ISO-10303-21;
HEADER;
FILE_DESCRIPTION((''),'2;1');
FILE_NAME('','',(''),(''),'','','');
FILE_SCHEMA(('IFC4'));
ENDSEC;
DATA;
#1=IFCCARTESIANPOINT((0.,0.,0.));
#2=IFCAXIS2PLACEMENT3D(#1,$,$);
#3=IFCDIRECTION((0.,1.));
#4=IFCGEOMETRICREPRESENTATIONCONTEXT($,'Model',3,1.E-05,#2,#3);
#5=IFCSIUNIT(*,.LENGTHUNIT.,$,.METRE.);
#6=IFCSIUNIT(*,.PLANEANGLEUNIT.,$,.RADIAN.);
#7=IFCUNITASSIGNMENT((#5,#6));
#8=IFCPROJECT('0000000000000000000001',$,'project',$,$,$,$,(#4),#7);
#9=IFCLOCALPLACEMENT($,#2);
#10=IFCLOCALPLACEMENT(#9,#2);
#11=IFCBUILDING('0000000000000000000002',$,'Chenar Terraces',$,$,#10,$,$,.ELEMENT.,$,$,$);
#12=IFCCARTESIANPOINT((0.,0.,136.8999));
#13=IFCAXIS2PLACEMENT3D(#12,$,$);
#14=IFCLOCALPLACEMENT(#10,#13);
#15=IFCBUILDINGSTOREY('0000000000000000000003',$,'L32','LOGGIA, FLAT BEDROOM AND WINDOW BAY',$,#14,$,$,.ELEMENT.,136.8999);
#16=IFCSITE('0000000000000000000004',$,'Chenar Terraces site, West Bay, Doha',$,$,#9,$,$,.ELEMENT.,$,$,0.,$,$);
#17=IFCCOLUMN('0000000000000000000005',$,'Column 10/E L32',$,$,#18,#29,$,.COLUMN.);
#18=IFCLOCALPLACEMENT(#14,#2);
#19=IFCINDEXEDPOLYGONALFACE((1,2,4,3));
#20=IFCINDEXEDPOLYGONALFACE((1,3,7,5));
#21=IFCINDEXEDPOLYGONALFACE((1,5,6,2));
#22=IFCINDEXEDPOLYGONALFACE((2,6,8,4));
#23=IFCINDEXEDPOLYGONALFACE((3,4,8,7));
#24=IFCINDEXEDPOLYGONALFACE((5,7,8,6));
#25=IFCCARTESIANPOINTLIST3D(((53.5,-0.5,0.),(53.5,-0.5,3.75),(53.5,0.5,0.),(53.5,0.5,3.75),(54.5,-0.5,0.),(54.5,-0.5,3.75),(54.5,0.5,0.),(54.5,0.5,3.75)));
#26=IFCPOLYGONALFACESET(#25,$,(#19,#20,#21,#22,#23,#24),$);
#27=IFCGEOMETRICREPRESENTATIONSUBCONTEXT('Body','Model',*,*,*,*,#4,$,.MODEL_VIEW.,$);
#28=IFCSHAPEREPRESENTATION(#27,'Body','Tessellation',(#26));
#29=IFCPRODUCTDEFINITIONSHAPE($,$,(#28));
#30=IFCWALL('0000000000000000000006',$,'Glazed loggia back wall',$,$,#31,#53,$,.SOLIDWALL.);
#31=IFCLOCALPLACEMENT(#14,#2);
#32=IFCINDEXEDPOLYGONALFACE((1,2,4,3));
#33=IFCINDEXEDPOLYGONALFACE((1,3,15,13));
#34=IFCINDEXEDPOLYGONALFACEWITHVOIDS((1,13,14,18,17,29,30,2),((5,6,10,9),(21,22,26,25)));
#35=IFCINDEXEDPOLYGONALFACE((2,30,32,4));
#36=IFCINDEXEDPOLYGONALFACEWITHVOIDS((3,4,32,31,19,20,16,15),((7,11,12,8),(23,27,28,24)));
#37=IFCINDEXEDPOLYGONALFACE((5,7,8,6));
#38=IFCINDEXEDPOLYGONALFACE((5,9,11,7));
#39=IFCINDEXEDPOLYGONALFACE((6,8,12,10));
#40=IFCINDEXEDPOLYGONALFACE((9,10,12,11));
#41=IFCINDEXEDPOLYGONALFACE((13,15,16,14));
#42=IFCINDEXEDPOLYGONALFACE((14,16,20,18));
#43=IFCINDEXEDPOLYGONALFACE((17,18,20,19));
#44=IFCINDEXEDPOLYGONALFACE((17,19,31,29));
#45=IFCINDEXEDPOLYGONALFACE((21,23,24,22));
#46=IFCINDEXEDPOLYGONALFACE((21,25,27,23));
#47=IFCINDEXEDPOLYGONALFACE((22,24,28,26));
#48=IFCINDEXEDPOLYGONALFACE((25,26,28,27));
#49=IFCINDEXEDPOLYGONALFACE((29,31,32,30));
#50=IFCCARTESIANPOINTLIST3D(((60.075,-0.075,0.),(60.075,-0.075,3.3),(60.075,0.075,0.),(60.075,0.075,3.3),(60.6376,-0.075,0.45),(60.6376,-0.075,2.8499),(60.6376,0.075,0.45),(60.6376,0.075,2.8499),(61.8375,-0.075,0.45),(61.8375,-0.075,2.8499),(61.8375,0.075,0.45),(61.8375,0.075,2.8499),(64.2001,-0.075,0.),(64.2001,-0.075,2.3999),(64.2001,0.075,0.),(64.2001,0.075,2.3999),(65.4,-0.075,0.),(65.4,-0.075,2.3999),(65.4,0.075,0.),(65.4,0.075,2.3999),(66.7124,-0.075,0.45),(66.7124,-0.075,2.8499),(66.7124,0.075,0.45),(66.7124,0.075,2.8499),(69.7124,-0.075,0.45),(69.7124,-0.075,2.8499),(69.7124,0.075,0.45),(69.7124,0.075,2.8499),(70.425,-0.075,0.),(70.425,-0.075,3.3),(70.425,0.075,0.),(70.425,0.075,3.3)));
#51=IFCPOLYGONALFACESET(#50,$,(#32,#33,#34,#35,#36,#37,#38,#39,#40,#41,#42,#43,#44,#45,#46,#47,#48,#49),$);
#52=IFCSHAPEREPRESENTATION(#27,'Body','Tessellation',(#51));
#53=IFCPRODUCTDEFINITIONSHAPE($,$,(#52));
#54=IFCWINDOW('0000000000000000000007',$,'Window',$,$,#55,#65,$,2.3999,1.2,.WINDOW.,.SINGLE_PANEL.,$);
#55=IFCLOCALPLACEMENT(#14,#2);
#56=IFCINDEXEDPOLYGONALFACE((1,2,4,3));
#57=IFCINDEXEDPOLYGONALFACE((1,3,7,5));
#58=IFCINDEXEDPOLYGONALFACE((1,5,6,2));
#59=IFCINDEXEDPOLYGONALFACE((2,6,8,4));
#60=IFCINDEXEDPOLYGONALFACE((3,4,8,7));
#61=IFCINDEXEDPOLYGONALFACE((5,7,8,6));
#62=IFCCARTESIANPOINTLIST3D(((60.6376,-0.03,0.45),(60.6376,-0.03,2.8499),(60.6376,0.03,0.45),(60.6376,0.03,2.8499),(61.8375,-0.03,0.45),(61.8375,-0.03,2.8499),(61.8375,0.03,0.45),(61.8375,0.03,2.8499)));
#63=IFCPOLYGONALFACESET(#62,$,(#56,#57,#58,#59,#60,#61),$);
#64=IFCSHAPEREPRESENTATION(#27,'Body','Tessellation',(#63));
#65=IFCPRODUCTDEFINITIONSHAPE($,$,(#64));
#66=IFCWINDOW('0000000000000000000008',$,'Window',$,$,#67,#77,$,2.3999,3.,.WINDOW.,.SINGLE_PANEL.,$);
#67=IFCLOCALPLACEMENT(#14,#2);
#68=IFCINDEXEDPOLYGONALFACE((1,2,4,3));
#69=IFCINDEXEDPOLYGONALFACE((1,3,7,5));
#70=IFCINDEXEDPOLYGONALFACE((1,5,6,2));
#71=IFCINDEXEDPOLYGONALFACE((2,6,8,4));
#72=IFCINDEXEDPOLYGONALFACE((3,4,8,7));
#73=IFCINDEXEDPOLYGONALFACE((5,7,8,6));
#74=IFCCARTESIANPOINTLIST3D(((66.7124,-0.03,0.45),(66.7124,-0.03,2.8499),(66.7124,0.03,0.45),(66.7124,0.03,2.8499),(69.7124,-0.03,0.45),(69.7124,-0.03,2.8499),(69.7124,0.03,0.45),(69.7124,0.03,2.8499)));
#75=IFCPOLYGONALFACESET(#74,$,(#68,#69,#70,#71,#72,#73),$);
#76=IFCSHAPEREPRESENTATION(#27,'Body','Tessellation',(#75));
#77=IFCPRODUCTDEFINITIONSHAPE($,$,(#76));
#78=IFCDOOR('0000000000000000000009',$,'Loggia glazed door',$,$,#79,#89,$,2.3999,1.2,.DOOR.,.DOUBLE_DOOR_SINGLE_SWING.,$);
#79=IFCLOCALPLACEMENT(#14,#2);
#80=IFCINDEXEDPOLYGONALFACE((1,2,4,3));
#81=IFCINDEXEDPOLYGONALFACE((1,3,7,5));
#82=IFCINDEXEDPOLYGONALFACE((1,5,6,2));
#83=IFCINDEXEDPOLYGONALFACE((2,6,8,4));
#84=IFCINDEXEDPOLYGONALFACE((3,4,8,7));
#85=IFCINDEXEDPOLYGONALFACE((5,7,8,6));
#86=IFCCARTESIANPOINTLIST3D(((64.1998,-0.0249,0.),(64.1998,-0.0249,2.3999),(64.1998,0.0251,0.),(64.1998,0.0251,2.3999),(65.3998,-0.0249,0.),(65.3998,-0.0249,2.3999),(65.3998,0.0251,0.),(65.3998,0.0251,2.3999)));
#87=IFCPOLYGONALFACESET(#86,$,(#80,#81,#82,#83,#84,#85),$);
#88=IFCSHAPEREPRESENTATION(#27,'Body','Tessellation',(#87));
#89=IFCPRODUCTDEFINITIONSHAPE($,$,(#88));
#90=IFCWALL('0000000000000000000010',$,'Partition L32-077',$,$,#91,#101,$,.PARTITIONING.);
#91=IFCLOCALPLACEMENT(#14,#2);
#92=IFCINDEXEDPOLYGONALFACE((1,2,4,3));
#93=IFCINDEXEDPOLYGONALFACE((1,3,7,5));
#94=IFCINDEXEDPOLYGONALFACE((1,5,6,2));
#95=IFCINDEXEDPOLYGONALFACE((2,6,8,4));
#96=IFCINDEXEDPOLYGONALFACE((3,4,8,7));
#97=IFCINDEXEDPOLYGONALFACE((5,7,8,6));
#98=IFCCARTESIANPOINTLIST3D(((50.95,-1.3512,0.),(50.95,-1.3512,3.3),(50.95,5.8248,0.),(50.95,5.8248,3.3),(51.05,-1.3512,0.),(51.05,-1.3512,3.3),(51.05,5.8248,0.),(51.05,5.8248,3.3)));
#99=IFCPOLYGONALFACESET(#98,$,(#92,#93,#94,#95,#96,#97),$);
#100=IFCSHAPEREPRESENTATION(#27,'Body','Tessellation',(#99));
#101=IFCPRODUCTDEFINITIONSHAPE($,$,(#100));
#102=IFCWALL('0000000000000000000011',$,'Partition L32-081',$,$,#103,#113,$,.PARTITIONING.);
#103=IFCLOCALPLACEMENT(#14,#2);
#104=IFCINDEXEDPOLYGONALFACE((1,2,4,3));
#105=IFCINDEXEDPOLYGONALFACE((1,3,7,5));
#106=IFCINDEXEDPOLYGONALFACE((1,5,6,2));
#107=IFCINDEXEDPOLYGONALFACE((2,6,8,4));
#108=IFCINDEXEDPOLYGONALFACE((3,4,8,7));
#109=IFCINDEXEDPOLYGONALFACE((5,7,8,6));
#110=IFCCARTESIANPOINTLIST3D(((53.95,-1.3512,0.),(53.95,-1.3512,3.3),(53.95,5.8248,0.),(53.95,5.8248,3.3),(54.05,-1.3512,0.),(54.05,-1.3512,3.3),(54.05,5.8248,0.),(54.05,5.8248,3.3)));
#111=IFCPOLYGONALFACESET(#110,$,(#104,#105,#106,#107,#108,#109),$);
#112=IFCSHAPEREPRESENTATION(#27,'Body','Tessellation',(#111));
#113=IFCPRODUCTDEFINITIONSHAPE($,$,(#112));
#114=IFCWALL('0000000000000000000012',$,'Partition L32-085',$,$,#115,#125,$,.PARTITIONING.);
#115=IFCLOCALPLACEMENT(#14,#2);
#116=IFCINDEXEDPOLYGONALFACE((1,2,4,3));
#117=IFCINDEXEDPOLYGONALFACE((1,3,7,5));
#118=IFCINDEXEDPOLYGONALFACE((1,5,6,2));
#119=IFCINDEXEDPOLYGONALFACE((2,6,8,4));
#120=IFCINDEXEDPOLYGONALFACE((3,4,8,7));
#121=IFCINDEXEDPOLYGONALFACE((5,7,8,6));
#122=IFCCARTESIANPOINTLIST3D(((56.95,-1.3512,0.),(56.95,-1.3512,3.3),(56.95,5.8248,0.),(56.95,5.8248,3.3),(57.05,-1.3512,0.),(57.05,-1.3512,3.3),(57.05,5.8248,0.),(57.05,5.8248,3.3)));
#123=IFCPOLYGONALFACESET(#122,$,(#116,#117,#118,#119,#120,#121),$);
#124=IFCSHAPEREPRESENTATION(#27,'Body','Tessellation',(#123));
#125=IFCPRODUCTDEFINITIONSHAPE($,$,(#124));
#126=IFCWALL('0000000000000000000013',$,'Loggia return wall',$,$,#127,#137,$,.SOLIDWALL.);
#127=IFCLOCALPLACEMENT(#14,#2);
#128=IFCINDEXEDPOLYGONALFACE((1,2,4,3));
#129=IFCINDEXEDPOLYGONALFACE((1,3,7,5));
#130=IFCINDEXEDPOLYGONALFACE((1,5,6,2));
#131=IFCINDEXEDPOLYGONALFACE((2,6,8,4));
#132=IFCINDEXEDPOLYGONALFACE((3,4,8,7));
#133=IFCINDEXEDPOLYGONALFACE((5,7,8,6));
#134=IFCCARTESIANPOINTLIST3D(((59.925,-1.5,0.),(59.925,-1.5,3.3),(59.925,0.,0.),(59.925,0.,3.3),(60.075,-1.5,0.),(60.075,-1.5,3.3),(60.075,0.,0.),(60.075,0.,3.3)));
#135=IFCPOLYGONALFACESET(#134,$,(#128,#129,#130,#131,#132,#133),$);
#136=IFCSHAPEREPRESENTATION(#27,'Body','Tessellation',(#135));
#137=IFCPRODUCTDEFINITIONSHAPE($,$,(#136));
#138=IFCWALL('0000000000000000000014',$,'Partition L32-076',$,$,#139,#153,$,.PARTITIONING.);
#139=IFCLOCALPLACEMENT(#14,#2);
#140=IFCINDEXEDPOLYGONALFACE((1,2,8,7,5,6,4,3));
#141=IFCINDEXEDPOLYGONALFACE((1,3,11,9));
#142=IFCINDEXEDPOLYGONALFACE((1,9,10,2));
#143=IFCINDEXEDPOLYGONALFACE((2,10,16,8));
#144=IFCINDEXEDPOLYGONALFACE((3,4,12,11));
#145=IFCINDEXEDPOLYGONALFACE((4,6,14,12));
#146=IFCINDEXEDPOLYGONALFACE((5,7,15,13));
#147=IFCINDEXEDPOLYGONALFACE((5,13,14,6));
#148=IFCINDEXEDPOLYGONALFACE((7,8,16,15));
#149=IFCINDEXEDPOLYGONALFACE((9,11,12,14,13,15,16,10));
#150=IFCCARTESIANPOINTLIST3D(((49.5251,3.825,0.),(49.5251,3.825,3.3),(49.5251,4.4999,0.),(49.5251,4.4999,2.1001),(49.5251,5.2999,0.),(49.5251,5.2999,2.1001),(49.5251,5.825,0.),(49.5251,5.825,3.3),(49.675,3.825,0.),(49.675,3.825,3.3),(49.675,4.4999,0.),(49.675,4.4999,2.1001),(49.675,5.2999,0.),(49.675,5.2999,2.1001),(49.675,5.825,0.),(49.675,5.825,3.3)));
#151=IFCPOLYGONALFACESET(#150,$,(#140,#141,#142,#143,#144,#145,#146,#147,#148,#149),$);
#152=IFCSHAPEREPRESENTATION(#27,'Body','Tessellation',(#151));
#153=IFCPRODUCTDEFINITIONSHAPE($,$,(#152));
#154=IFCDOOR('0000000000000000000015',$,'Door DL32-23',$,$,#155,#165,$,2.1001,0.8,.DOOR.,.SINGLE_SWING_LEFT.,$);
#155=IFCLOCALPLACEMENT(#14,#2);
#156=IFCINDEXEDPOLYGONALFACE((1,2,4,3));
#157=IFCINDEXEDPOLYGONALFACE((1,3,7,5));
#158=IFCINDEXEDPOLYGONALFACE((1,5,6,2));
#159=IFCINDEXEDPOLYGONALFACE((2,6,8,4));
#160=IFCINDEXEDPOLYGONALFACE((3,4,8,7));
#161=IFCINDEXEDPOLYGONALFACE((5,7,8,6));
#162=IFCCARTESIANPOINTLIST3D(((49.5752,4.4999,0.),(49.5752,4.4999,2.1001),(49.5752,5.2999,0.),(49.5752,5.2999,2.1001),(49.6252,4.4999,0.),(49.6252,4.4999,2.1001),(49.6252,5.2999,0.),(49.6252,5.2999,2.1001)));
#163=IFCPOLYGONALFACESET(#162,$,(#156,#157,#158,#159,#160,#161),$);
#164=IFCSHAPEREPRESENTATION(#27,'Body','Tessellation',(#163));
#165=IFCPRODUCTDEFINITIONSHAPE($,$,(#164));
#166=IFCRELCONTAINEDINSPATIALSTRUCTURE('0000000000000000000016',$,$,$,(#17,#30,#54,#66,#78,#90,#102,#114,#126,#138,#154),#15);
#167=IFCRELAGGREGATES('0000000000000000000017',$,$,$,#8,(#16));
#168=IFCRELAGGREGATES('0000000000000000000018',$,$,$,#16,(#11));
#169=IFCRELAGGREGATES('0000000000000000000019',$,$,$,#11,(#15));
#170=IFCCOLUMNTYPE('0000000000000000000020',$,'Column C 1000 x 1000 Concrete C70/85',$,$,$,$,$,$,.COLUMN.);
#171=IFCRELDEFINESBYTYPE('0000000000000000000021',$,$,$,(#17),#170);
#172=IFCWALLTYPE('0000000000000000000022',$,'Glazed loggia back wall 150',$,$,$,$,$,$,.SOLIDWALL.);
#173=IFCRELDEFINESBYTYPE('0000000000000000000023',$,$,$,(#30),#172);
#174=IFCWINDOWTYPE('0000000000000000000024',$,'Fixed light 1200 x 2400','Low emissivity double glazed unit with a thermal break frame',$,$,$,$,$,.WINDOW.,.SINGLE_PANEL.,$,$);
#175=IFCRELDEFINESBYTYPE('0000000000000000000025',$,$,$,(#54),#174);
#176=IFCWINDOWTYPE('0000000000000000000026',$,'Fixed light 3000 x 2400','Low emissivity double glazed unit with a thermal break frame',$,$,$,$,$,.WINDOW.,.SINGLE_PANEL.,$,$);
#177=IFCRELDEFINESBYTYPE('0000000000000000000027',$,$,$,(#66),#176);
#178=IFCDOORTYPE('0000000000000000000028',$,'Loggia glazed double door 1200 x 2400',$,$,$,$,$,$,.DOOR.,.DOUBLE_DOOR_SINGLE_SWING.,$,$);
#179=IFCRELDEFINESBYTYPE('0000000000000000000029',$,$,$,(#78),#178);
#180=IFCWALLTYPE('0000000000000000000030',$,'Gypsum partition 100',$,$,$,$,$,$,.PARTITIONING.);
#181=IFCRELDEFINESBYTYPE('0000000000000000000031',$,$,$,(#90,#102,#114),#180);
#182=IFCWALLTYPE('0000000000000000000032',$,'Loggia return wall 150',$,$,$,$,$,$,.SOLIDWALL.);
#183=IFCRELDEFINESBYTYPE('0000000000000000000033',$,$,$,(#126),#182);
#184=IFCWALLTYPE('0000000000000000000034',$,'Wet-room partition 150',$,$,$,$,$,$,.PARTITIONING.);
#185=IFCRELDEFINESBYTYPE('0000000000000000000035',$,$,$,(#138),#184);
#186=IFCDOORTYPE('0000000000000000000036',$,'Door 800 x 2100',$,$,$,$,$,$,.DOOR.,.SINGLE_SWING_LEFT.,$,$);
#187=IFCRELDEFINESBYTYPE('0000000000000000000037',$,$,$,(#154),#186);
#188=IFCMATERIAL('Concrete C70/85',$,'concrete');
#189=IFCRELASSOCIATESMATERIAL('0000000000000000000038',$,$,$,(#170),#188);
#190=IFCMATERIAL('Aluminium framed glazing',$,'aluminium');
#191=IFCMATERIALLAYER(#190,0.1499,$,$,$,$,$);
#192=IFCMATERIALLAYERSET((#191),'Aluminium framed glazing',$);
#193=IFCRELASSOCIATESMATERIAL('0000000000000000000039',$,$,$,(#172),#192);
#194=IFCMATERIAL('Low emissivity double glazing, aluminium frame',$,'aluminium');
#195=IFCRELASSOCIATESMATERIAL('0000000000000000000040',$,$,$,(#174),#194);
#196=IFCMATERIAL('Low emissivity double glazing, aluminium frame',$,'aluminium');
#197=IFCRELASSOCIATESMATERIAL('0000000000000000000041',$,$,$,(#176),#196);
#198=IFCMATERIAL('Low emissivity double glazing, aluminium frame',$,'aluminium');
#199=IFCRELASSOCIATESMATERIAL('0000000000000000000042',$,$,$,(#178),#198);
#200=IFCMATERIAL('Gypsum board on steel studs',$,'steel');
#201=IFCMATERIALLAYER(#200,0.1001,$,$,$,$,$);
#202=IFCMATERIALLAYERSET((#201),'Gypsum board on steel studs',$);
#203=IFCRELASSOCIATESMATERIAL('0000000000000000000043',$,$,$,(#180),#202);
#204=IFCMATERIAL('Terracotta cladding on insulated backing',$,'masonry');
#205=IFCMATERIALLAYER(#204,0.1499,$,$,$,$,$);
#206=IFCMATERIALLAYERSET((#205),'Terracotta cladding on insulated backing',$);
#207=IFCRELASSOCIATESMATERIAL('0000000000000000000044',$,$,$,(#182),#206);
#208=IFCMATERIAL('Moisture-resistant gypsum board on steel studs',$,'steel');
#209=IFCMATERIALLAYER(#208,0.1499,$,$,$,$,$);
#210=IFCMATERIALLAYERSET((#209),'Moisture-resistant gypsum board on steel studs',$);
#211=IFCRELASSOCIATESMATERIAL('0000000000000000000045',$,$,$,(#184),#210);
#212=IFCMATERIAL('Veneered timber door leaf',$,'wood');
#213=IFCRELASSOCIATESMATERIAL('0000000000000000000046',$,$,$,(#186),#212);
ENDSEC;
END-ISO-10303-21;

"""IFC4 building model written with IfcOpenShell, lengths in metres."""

from ifc_helpers import new_model, si_unit, direction, frame, frame_2d, origin, origin_2d, place, context, subcontext, project, spatial, rectangle, extrude, material, layer, layer_set, material_profile, profile_set, type_object, element, fill, save


model = new_model("IFC4")

# Units and contexts
model_context = context("Model", 3, precision=1e-05, world=origin(), true_north=direction((0.0, 1.0)))
body_context = subcontext(model_context, "Body", "Model", "MODEL_VIEW")
ifc_project = project(units=[si_unit("LENGTHUNIT", "METRE"), si_unit("PLANEANGLEUNIT", "RADIAN")], contexts=[model_context])

# Site, building, storey
site_placement = place(None, origin())
site = spatial("IfcSite", under=ifc_project, at=site_placement, Name="Chenar Terraces site, West Bay, Doha", CompositionType="ELEMENT", RefElevation=0.0)
building_placement = place(site_placement, origin())
building = spatial("IfcBuilding", under=site, at=building_placement, Name="Chenar Terraces", CompositionType="ELEMENT")
storey_placement = place(building_placement, frame((0.0, 0.0, 136.8999)))
storey = spatial("IfcBuildingStorey", under=building, at=storey_placement, Name="L32", Description="LOGGIA, FLAT BEDROOM AND WINDOW BAY", CompositionType="ELEMENT", Elevation=136.8999)

# Column
ifc_material_1 = material(Name="Concrete C70/85", Category="concrete")
ifc_material_profile = material_profile(ifc_material_1, rectangle(XDim=1.0, YDim=1.0, at=origin_2d()), Name="C 1000 x 1000")
ifc_profile_set = profile_set([ifc_material_profile], Name="Concrete C70/85")
column_type = type_object("IfcColumnType", Name="Column C 1000 x 1000 Concrete C70/85", PredefinedType="COLUMN", material=ifc_profile_set)
column_placement = place(storey_placement, frame((54.0, 0.0, 0.0), z_axis=(0.0, 0.0, 1.0), x_axis=(1.0, 0.0, 0.0)))
element("IfcColumn", 1, at=column_placement, inside=storey, type_object=column_type, Name="Column 10/E L32", PredefinedType="COLUMN", context=body_context, shape_type="SweptSolid", body=[
    extrude(rectangle(XDim=1.0, YDim=1.0, at=origin_2d()), origin(), (0.0, 0.0, 1.0), 3.75),
])

# Wall, openings, windows, door
ifc_material_2 = material(Name="Aluminium framed glazing", Category="aluminium")
ifc_layer_1 = layer(ifc_material_2, 0.1499)
ifc_layer_set_1 = layer_set([ifc_layer_1], Name="Aluminium framed glazing")
wall_type_1 = type_object("IfcWallType", Name="Glazed loggia back wall 150", PredefinedType="SOLIDWALL", material=ifc_layer_set_1)
wall_1_placement = place(storey_placement, frame((60.075, 0.0, 0.0), z_axis=(0.0, 0.0, 1.0), x_axis=(1.0, 0.0, 0.0)))
wall_1 = element("IfcWall", 2, at=wall_1_placement, inside=storey, type_object=wall_type_1, Name="Glazed loggia back wall", PredefinedType="SOLIDWALL", context=body_context, shape_type="SweptSolid", body=[
    extrude(rectangle(XDim=10.3501, YDim=0.1499, at=frame_2d((5.175, 0.0))), origin(), (0.0, 0.0, 1.0), 3.3),
])
opening_1_placement = place(wall_1_placement, frame((0.5625, 0.0, 0.45)))
opening_1 = element("IfcOpeningElement", 3, at=opening_1_placement, cuts=wall_1, PredefinedType="OPENING", context=body_context, shape_type="SweptSolid", body=[
    extrude(rectangle(XDim=1.2, YDim=2.3999, at=frame_2d((0.6001, 1.2))), frame((0.0, 0.085, 0.0), z_axis=(0.0, -1.0, 0.0), x_axis=(1.0, 0.0, 0.0)), (0.0, 0.0, 1.0), 0.1699),
])
opening_2_placement = place(wall_1_placement, frame((4.125, 0.0, 0.0)))
opening_2 = element("IfcOpeningElement", 4, at=opening_2_placement, cuts=wall_1, PredefinedType="OPENING", context=body_context, shape_type="SweptSolid", body=[
    extrude(rectangle(XDim=1.2, YDim=2.3999, at=frame_2d((0.6001, 1.2))), frame((0.0, 0.085, 0.0), z_axis=(0.0, -1.0, 0.0), x_axis=(1.0, 0.0, 0.0)), (0.0, 0.0, 1.0), 0.1699),
])
opening_3_placement = place(wall_1_placement, frame((6.6375, 0.0, 0.45)))
opening_3 = element("IfcOpeningElement", 5, at=opening_3_placement, cuts=wall_1, PredefinedType="OPENING", context=body_context, shape_type="SweptSolid", body=[
    extrude(rectangle(XDim=3.0, YDim=2.3999, at=frame_2d((1.5, 1.2))), frame((0.0, 0.085, 0.0), z_axis=(0.0, -1.0, 0.0), x_axis=(1.0, 0.0, 0.0)), (0.0, 0.0, 1.0), 0.1699),
])
ifc_material_3 = material(Name="Low emissivity double glazing, aluminium frame", Category="aluminium")
window_type_1 = type_object("IfcWindowType", Name="Fixed light 1200 x 2400", Description="Low emissivity double glazed unit with a thermal break frame", PartitioningType="SINGLE_PANEL", PredefinedType="WINDOW", material=ifc_material_3)
window_1_placement = place(opening_1_placement, origin())
window_1 = element("IfcWindow", 6, at=window_1_placement, inside=storey, type_object=window_type_1, Name="Window", OverallHeight=2.3999, OverallWidth=1.2, PartitioningType="SINGLE_PANEL", PredefinedType="WINDOW", context=body_context, shape_type="SweptSolid", body=[
    extrude(rectangle(XDim=1.2, YDim=2.3999, at=frame_2d((0.6001, 1.2))), frame((0.0, 0.03, 0.0), z_axis=(0.0, -1.0, 0.0), x_axis=(1.0, 0.0, 0.0)), (0.0, 0.0, 1.0), 0.0601),
])
fill(opening_1, window_1)
ifc_material_4 = material(Name="Low emissivity double glazing, aluminium frame", Category="aluminium")
window_type_2 = type_object("IfcWindowType", Name="Fixed light 3000 x 2400", Description="Low emissivity double glazed unit with a thermal break frame", PartitioningType="SINGLE_PANEL", PredefinedType="WINDOW", material=ifc_material_4)
window_2_placement = place(opening_3_placement, origin())
window_2 = element("IfcWindow", 7, at=window_2_placement, inside=storey, type_object=window_type_2, Name="Window", OverallHeight=2.3999, OverallWidth=3.0, PartitioningType="SINGLE_PANEL", PredefinedType="WINDOW", context=body_context, shape_type="SweptSolid", body=[
    extrude(rectangle(XDim=3.0, YDim=2.3999, at=frame_2d((1.5, 1.2))), frame((0.0, 0.03, 0.0), z_axis=(0.0, -1.0, 0.0), x_axis=(1.0, 0.0, 0.0)), (0.0, 0.0, 1.0), 0.0601),
])
fill(opening_3, window_2)
ifc_material_5 = material(Name="Low emissivity double glazing, aluminium frame", Category="aluminium")
door_type_1 = type_object("IfcDoorType", Name="Loggia glazed double door 1200 x 2400", OperationType="DOUBLE_DOOR_SINGLE_SWING", PredefinedType="DOOR", material=ifc_material_5)
door_1_placement = place(opening_2_placement, frame((1.2, 0.0, 0.0), z_axis=(0.0, 0.0, 1.0), x_axis=(-1.0, 0.0, 0.0)))
door_1 = element("IfcDoor", 8, at=door_1_placement, inside=storey, type_object=door_type_1, Name="Loggia glazed door", OperationType="DOUBLE_DOOR_SINGLE_SWING", OverallHeight=2.3999, OverallWidth=1.2, PredefinedType="DOOR", context=body_context, shape_type="SweptSolid", body=[
    extrude(rectangle(XDim=1.2, YDim=2.3999, at=frame_2d((0.6001, 1.2))), frame((0.0, 0.0249, 0.0), z_axis=(0.0, -1.0, 0.0), x_axis=(1.0, 0.0, 0.0)), (0.0, 0.0, 1.0), 0.05),
])
fill(opening_2, door_1)

# Walls
ifc_material_6 = material(Name="Gypsum board on steel studs", Category="steel")
ifc_layer_2 = layer(ifc_material_6, 0.1001)
ifc_layer_set_2 = layer_set([ifc_layer_2], Name="Gypsum board on steel studs")
wall_type_2 = type_object("IfcWallType", Name="Gypsum partition 100", PredefinedType="PARTITIONING", material=ifc_layer_set_2)
for number, where, z_axis, x_axis, name in (
    (9, (51.0, -1.3511, 0.0), (0.0, 0.0, 1.0), (0.0, 1.0, 0.0), "Partition L32-077"),
    (10, (54.0, -1.3511, 0.0), (0.0, 0.0, 1.0), (0.0, 1.0, 0.0), "Partition L32-081"),
    (11, (57.0, -1.3511, 0.0), (0.0, 0.0, 1.0), (0.0, 1.0, 0.0), "Partition L32-085"),
):
    element("IfcWall", number, at=place(storey_placement, frame(where, z_axis=z_axis, x_axis=x_axis)), inside=storey, type_object=wall_type_2, Name=name, PredefinedType="PARTITIONING", context=body_context, shape_type="SweptSolid", body=[
        extrude(rectangle(XDim=7.176, YDim=0.1001, at=frame_2d((3.5879, 0.0))), origin(), (0.0, 0.0, 1.0), 3.3),
    ])
ifc_material_7 = material(Name="Terracotta cladding on insulated backing", Category="masonry")
ifc_layer_3 = layer(ifc_material_7, 0.1499)
ifc_layer_set_3 = layer_set([ifc_layer_3], Name="Terracotta cladding on insulated backing")
wall_type_3 = type_object("IfcWallType", Name="Loggia return wall 150", PredefinedType="SOLIDWALL", material=ifc_layer_set_3)
wall_2_placement = place(storey_placement, frame((60.0, -1.5, 0.0), z_axis=(0.0, 0.0, 1.0), x_axis=(0.0, 1.0, 0.0)))
element("IfcWall", 12, at=wall_2_placement, inside=storey, type_object=wall_type_3, Name="Loggia return wall", PredefinedType="SOLIDWALL", context=body_context, shape_type="SweptSolid", body=[
    extrude(rectangle(XDim=1.5, YDim=0.1499, at=frame_2d((0.75, 0.0))), origin(), (0.0, 0.0, 1.0), 3.3),
])

# Wall, opening, door
ifc_material_8 = material(Name="Moisture-resistant gypsum board on steel studs", Category="steel")
ifc_layer_4 = layer(ifc_material_8, 0.1499)
ifc_layer_set_4 = layer_set([ifc_layer_4], Name="Moisture-resistant gypsum board on steel studs")
wall_type_4 = type_object("IfcWallType", Name="Wet-room partition 150", PredefinedType="PARTITIONING", material=ifc_layer_set_4)
wall_3_placement = place(storey_placement, frame((49.6001, 3.825, 0.0), z_axis=(0.0, 0.0, 1.0), x_axis=(0.0, 1.0, 0.0)))
wall_3 = element("IfcWall", 13, at=wall_3_placement, inside=storey, type_object=wall_type_4, Name="Partition L32-076", PredefinedType="PARTITIONING", context=body_context, shape_type="SweptSolid", body=[
    extrude(rectangle(XDim=2.0, YDim=0.1499, at=frame_2d((1.0, 0.0))), origin(), (0.0, 0.0, 1.0), 3.3),
])
opening_4_placement = place(wall_3_placement, frame((0.675, 0.0, 0.0)))
opening_4 = element("IfcOpeningElement", 14, at=opening_4_placement, cuts=wall_3, PredefinedType="OPENING", context=body_context, shape_type="SweptSolid", body=[
    extrude(rectangle(XDim=0.8, YDim=2.1001, at=frame_2d((0.3999, 1.05))), frame((0.0, 0.085, 0.0), z_axis=(0.0, -1.0, 0.0), x_axis=(1.0, 0.0, 0.0)), (0.0, 0.0, 1.0), 0.1699),
])
ifc_material_9 = material(Name="Veneered timber door leaf", Category="wood")
door_type_2 = type_object("IfcDoorType", Name="Door 800 x 2100", OperationType="SINGLE_SWING_LEFT", PredefinedType="DOOR", material=ifc_material_9)
door_2_placement = place(opening_4_placement, origin())
door_2 = element("IfcDoor", 15, at=door_2_placement, inside=storey, type_object=door_type_2, Name="Door DL32-23", OperationType="SINGLE_SWING_LEFT", OverallHeight=2.1001, OverallWidth=0.8, PredefinedType="DOOR", context=body_context, shape_type="SweptSolid", body=[
    extrude(rectangle(XDim=0.8, YDim=2.1001, at=frame_2d((0.3999, 1.05))), frame((0.0, 0.0249, 0.0), z_axis=(0.0, -1.0, 0.0), x_axis=(1.0, 0.0, 0.0)), (0.0, 0.0, 1.0), 0.05),
])
fill(opening_4, door_2)

save(model, "model.ifc")
